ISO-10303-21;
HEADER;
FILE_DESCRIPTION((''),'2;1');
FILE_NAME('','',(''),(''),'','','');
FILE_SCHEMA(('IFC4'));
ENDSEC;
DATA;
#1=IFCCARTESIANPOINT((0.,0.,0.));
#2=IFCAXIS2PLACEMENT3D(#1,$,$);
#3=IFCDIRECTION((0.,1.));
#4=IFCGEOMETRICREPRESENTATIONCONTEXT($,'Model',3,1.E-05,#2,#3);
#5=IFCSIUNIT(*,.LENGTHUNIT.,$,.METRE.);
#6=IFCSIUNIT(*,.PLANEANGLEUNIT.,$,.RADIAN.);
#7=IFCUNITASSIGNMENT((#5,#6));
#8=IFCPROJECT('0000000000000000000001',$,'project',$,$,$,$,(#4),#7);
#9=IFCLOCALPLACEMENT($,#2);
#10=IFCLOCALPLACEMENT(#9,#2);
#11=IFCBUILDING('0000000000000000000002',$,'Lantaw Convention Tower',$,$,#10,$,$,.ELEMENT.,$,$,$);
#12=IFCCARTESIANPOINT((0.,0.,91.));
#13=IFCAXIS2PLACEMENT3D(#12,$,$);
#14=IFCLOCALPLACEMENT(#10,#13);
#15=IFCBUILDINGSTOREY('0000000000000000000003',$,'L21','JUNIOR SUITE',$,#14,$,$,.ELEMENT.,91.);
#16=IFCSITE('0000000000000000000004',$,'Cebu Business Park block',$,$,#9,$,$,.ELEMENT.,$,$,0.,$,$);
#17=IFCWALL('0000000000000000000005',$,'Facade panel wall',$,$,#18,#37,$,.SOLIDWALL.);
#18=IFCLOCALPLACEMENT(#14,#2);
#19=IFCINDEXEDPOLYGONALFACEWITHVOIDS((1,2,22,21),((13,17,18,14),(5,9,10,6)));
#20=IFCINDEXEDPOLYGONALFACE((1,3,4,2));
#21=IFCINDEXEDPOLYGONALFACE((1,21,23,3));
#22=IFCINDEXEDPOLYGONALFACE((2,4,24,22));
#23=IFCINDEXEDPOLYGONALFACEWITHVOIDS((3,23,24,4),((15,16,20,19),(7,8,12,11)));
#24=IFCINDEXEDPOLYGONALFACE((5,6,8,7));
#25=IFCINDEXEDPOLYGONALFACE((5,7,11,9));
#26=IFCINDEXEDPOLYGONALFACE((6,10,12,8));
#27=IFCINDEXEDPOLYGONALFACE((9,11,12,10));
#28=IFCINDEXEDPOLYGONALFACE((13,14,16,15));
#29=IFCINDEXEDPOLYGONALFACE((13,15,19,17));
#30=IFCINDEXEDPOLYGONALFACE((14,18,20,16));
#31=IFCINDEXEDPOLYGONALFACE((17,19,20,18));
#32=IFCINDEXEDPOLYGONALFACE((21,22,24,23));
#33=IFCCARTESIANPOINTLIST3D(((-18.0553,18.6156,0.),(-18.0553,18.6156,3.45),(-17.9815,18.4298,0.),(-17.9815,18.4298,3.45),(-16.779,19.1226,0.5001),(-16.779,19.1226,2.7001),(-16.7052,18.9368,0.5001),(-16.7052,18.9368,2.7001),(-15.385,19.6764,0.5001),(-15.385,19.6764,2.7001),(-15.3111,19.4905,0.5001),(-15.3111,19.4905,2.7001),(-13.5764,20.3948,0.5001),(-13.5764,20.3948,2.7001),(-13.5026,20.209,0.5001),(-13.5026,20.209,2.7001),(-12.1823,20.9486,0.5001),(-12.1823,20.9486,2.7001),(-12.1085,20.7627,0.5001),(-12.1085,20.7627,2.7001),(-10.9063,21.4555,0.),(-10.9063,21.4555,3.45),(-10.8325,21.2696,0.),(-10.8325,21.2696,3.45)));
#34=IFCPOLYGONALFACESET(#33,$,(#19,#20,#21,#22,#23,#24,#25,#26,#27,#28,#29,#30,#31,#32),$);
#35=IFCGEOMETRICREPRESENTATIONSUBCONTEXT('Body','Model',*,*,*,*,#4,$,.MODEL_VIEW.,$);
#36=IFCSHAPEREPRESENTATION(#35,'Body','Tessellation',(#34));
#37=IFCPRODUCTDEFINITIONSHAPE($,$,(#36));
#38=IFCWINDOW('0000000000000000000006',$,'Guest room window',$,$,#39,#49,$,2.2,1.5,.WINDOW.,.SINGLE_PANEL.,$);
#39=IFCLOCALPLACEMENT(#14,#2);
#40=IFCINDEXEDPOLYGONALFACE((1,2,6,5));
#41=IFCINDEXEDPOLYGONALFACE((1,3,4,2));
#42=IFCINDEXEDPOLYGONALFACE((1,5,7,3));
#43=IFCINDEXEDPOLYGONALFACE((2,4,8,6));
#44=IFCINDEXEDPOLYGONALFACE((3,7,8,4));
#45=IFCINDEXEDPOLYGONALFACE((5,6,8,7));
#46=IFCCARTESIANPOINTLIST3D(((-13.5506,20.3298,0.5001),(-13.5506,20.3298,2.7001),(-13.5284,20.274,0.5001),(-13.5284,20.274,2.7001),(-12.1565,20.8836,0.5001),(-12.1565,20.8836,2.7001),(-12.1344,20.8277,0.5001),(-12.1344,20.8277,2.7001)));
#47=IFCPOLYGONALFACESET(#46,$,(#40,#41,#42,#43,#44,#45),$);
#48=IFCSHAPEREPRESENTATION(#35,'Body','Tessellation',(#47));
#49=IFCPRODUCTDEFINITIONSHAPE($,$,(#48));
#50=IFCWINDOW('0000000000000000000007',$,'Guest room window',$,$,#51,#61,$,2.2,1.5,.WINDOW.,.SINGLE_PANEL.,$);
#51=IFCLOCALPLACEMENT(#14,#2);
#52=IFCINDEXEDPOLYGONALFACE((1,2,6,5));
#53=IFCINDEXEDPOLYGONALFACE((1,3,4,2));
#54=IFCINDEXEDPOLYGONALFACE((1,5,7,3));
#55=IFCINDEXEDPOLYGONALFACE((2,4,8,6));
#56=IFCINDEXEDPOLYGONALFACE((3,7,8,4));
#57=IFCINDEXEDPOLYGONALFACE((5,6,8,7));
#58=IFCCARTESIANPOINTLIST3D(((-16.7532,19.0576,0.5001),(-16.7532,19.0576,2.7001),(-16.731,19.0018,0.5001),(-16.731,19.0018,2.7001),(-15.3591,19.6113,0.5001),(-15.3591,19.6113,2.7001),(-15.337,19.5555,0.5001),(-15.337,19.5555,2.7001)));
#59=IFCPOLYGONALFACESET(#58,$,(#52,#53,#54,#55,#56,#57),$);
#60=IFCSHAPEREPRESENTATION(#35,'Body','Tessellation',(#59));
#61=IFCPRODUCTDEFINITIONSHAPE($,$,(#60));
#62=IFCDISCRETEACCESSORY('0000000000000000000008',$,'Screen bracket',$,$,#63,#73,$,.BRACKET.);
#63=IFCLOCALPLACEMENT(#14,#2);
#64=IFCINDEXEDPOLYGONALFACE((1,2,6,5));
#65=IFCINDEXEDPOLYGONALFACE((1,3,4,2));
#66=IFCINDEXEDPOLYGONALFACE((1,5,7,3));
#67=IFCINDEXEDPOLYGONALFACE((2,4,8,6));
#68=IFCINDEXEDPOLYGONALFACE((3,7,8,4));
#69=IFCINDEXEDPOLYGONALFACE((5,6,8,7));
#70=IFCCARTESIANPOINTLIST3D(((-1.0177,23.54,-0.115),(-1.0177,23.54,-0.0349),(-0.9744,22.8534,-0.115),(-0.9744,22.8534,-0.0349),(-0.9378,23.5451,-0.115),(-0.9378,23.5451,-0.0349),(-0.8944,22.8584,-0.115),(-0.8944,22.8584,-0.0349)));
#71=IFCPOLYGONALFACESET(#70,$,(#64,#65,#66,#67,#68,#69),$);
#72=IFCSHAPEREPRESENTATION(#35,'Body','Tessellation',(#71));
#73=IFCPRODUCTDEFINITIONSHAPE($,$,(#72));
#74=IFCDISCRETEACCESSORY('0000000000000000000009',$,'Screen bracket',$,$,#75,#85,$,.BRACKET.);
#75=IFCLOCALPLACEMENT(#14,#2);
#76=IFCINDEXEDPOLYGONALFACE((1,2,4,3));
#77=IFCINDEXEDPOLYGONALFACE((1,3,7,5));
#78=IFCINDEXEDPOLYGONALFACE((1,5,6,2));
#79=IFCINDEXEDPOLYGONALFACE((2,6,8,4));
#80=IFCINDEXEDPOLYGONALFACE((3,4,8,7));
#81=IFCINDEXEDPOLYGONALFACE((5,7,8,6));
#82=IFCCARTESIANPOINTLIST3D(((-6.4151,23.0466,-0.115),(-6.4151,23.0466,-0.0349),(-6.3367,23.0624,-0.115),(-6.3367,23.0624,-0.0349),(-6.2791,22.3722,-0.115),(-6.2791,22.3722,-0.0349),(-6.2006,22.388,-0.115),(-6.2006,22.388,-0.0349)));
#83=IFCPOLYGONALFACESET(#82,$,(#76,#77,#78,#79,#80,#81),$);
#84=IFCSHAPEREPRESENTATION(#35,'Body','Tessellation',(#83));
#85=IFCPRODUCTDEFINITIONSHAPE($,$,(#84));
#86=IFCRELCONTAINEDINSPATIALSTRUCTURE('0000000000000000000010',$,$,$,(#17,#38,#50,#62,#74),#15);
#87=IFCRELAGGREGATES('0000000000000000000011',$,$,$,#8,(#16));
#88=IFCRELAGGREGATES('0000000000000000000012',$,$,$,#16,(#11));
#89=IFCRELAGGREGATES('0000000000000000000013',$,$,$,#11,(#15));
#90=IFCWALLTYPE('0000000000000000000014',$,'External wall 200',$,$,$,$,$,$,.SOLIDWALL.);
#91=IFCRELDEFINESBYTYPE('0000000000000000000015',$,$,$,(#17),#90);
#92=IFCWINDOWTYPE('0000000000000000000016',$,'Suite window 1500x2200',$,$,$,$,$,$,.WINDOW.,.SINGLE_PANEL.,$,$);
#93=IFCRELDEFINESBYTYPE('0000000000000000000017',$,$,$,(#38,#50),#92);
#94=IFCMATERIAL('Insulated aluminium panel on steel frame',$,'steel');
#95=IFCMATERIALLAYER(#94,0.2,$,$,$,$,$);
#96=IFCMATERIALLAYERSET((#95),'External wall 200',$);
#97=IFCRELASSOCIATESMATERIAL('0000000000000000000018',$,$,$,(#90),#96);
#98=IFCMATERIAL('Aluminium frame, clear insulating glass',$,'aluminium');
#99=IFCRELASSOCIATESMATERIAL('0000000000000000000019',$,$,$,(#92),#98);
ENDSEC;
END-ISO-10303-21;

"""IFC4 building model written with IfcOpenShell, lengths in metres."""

from ifc_helpers import new_model, si_unit, direction, frame, frame_2d, origin, origin_2d, place, context, subcontext, project, spatial, rectangle, extrude, material, layer, layer_set, type_object, element, fill, save


model = new_model("IFC4")

# Units and contexts
model_context = context("Model", 3, precision=1e-05, world=origin(), true_north=direction((0.0, 1.0)))
body_context = subcontext(model_context, "Body", "Model", "MODEL_VIEW")
ifc_project = project(units=[si_unit("LENGTHUNIT", "METRE"), si_unit("PLANEANGLEUNIT", "RADIAN")], contexts=[model_context])

# Site, building, storey
site_placement = place(None, origin())
site = spatial("IfcSite", under=ifc_project, at=site_placement, Name="Cebu Business Park block", CompositionType="ELEMENT", RefElevation=0.0)
building_placement = place(site_placement, origin())
building = spatial("IfcBuilding", under=site, at=building_placement, Name="Lantaw Convention Tower", CompositionType="ELEMENT")
storey_placement = place(building_placement, frame((0.0, 0.0, 91.0)))
storey = spatial("IfcBuildingStorey", under=building, at=storey_placement, Name="L21", Description="JUNIOR SUITE", CompositionType="ELEMENT", Elevation=91.0)

# Wall, openings, windows
ifc_material_1 = material(Name="Insulated aluminium panel on steel frame", Category="steel")
ifc_layer_1 = layer(ifc_material_1, 0.2)
ifc_layer_set_1 = layer_set([ifc_layer_1], Name="External wall 200")
wall_type_1 = type_object("IfcWallType", Name="External wall 200", PredefinedType="SOLIDWALL", material=ifc_layer_set_1)
ifc_material_2 = material(Name="Aluminium frame, clear insulating glass", Category="aluminium")
window_type = type_object("IfcWindowType", Name="Suite window 1500x2200", PartitioningType="SINGLE_PANEL", PredefinedType="WINDOW", material=ifc_material_2)
wall_1_placement = place(storey_placement, frame((-10.8694, 21.3625, 0.0), z_axis=(0.0, 0.0, 1.0), x_axis=(-0.929358, -0.369179, 0.0)))
wall_1 = element("IfcWall", 1, at=wall_1_placement, inside=storey, type_object=wall_type_1, Name="Facade panel wall", PredefinedType="SOLIDWALL", context=body_context, shape_type="SweptSolid", body=[
    extrude(rectangle(XDim=7.6924, YDim=0.2, at=frame_2d((3.8462, 0.0))), origin(), (0.0, 0.0, 1.0), 3.45),
])
opening_1_placement = place(wall_1_placement, frame((1.373, 0.0, 0.5)))
opening_1 = element("IfcOpeningElement", 2, at=opening_1_placement, cuts=wall_1, PredefinedType="OPENING", context=body_context, shape_type="SweptSolid", body=[
    extrude(rectangle(XDim=1.5, YDim=2.2, at=frame_2d((0.75, 1.1001))), frame((0.0, 0.1099, 0.0), z_axis=(0.0, -1.0, 0.0), x_axis=(1.0, 0.0, 0.0)), (0.0, 0.0, 1.0), 0.22),
])
opening_2_placement = place(wall_1_placement, frame((4.8191, 0.0, 0.5)))
opening_2 = element("IfcOpeningElement", 3, at=opening_2_placement, cuts=wall_1, PredefinedType="OPENING", context=body_context, shape_type="SweptSolid", body=[
    extrude(rectangle(XDim=1.5, YDim=2.2, at=frame_2d((0.75, 1.1001))), frame((0.0, 0.1099, 0.0), z_axis=(0.0, -1.0, 0.0), x_axis=(1.0, 0.0, 0.0)), (0.0, 0.0, 1.0), 0.22),
])
window_1_placement = place(opening_1_placement, origin())
window_1 = element("IfcWindow", 4, at=window_1_placement, inside=storey, type_object=window_type, Name="Guest room window", OverallHeight=2.2, OverallWidth=1.5, PartitioningType="SINGLE_PANEL", PredefinedType="WINDOW", context=body_context, shape_type="SweptSolid", body=[
    extrude(rectangle(XDim=1.5, YDim=2.2, at=frame_2d((0.75, 1.1001))), frame((0.0, 0.03, 0.0), z_axis=(0.0, -1.0, 0.0), x_axis=(1.0, 0.0, 0.0)), (0.0, 0.0, 1.0), 0.0601),
])
fill(opening_1, window_1)
window_2_placement = place(opening_2_placement, origin())
window_2 = element("IfcWindow", 5, at=window_2_placement, inside=storey, type_object=window_type, Name="Guest room window", OverallHeight=2.2, OverallWidth=1.5, PartitioningType="SINGLE_PANEL", PredefinedType="WINDOW", context=body_context, shape_type="SweptSolid", body=[
    extrude(rectangle(XDim=1.5, YDim=2.2, at=frame_2d((0.75, 1.1001))), frame((0.0, 0.03, 0.0), z_axis=(0.0, -1.0, 0.0), x_axis=(1.0, 0.0, 0.0)), (0.0, 0.0, 1.0), 0.0601),
])
fill(opening_2, window_2)

# Discrete accessories
for number, where, z_axis, x_axis, name in (
    (6, (-0.9561, 23.1992, -0.115), (0.0, 0.0, 1.0), (-0.998016, -0.062958, 0.0), "Screen bracket"),
    (7, (-6.3079, 22.7173, -0.115), (0.0, 0.0, 1.0), (-0.980245, -0.197789, 0.0), "Screen bracket"),
):
    element("IfcDiscreteAccessory", number, at=place(storey_placement, frame(where, z_axis=z_axis, x_axis=x_axis)), inside=storey, Name=name, PredefinedType="BRACKET", context=body_context, shape_type="SweptSolid", body=[
        extrude(rectangle(XDim=0.0801, YDim=0.688, at=origin_2d()), origin(), (0.0, 0.0, 1.0), 0.0801),
    ])

save(model, "model.ifc")
